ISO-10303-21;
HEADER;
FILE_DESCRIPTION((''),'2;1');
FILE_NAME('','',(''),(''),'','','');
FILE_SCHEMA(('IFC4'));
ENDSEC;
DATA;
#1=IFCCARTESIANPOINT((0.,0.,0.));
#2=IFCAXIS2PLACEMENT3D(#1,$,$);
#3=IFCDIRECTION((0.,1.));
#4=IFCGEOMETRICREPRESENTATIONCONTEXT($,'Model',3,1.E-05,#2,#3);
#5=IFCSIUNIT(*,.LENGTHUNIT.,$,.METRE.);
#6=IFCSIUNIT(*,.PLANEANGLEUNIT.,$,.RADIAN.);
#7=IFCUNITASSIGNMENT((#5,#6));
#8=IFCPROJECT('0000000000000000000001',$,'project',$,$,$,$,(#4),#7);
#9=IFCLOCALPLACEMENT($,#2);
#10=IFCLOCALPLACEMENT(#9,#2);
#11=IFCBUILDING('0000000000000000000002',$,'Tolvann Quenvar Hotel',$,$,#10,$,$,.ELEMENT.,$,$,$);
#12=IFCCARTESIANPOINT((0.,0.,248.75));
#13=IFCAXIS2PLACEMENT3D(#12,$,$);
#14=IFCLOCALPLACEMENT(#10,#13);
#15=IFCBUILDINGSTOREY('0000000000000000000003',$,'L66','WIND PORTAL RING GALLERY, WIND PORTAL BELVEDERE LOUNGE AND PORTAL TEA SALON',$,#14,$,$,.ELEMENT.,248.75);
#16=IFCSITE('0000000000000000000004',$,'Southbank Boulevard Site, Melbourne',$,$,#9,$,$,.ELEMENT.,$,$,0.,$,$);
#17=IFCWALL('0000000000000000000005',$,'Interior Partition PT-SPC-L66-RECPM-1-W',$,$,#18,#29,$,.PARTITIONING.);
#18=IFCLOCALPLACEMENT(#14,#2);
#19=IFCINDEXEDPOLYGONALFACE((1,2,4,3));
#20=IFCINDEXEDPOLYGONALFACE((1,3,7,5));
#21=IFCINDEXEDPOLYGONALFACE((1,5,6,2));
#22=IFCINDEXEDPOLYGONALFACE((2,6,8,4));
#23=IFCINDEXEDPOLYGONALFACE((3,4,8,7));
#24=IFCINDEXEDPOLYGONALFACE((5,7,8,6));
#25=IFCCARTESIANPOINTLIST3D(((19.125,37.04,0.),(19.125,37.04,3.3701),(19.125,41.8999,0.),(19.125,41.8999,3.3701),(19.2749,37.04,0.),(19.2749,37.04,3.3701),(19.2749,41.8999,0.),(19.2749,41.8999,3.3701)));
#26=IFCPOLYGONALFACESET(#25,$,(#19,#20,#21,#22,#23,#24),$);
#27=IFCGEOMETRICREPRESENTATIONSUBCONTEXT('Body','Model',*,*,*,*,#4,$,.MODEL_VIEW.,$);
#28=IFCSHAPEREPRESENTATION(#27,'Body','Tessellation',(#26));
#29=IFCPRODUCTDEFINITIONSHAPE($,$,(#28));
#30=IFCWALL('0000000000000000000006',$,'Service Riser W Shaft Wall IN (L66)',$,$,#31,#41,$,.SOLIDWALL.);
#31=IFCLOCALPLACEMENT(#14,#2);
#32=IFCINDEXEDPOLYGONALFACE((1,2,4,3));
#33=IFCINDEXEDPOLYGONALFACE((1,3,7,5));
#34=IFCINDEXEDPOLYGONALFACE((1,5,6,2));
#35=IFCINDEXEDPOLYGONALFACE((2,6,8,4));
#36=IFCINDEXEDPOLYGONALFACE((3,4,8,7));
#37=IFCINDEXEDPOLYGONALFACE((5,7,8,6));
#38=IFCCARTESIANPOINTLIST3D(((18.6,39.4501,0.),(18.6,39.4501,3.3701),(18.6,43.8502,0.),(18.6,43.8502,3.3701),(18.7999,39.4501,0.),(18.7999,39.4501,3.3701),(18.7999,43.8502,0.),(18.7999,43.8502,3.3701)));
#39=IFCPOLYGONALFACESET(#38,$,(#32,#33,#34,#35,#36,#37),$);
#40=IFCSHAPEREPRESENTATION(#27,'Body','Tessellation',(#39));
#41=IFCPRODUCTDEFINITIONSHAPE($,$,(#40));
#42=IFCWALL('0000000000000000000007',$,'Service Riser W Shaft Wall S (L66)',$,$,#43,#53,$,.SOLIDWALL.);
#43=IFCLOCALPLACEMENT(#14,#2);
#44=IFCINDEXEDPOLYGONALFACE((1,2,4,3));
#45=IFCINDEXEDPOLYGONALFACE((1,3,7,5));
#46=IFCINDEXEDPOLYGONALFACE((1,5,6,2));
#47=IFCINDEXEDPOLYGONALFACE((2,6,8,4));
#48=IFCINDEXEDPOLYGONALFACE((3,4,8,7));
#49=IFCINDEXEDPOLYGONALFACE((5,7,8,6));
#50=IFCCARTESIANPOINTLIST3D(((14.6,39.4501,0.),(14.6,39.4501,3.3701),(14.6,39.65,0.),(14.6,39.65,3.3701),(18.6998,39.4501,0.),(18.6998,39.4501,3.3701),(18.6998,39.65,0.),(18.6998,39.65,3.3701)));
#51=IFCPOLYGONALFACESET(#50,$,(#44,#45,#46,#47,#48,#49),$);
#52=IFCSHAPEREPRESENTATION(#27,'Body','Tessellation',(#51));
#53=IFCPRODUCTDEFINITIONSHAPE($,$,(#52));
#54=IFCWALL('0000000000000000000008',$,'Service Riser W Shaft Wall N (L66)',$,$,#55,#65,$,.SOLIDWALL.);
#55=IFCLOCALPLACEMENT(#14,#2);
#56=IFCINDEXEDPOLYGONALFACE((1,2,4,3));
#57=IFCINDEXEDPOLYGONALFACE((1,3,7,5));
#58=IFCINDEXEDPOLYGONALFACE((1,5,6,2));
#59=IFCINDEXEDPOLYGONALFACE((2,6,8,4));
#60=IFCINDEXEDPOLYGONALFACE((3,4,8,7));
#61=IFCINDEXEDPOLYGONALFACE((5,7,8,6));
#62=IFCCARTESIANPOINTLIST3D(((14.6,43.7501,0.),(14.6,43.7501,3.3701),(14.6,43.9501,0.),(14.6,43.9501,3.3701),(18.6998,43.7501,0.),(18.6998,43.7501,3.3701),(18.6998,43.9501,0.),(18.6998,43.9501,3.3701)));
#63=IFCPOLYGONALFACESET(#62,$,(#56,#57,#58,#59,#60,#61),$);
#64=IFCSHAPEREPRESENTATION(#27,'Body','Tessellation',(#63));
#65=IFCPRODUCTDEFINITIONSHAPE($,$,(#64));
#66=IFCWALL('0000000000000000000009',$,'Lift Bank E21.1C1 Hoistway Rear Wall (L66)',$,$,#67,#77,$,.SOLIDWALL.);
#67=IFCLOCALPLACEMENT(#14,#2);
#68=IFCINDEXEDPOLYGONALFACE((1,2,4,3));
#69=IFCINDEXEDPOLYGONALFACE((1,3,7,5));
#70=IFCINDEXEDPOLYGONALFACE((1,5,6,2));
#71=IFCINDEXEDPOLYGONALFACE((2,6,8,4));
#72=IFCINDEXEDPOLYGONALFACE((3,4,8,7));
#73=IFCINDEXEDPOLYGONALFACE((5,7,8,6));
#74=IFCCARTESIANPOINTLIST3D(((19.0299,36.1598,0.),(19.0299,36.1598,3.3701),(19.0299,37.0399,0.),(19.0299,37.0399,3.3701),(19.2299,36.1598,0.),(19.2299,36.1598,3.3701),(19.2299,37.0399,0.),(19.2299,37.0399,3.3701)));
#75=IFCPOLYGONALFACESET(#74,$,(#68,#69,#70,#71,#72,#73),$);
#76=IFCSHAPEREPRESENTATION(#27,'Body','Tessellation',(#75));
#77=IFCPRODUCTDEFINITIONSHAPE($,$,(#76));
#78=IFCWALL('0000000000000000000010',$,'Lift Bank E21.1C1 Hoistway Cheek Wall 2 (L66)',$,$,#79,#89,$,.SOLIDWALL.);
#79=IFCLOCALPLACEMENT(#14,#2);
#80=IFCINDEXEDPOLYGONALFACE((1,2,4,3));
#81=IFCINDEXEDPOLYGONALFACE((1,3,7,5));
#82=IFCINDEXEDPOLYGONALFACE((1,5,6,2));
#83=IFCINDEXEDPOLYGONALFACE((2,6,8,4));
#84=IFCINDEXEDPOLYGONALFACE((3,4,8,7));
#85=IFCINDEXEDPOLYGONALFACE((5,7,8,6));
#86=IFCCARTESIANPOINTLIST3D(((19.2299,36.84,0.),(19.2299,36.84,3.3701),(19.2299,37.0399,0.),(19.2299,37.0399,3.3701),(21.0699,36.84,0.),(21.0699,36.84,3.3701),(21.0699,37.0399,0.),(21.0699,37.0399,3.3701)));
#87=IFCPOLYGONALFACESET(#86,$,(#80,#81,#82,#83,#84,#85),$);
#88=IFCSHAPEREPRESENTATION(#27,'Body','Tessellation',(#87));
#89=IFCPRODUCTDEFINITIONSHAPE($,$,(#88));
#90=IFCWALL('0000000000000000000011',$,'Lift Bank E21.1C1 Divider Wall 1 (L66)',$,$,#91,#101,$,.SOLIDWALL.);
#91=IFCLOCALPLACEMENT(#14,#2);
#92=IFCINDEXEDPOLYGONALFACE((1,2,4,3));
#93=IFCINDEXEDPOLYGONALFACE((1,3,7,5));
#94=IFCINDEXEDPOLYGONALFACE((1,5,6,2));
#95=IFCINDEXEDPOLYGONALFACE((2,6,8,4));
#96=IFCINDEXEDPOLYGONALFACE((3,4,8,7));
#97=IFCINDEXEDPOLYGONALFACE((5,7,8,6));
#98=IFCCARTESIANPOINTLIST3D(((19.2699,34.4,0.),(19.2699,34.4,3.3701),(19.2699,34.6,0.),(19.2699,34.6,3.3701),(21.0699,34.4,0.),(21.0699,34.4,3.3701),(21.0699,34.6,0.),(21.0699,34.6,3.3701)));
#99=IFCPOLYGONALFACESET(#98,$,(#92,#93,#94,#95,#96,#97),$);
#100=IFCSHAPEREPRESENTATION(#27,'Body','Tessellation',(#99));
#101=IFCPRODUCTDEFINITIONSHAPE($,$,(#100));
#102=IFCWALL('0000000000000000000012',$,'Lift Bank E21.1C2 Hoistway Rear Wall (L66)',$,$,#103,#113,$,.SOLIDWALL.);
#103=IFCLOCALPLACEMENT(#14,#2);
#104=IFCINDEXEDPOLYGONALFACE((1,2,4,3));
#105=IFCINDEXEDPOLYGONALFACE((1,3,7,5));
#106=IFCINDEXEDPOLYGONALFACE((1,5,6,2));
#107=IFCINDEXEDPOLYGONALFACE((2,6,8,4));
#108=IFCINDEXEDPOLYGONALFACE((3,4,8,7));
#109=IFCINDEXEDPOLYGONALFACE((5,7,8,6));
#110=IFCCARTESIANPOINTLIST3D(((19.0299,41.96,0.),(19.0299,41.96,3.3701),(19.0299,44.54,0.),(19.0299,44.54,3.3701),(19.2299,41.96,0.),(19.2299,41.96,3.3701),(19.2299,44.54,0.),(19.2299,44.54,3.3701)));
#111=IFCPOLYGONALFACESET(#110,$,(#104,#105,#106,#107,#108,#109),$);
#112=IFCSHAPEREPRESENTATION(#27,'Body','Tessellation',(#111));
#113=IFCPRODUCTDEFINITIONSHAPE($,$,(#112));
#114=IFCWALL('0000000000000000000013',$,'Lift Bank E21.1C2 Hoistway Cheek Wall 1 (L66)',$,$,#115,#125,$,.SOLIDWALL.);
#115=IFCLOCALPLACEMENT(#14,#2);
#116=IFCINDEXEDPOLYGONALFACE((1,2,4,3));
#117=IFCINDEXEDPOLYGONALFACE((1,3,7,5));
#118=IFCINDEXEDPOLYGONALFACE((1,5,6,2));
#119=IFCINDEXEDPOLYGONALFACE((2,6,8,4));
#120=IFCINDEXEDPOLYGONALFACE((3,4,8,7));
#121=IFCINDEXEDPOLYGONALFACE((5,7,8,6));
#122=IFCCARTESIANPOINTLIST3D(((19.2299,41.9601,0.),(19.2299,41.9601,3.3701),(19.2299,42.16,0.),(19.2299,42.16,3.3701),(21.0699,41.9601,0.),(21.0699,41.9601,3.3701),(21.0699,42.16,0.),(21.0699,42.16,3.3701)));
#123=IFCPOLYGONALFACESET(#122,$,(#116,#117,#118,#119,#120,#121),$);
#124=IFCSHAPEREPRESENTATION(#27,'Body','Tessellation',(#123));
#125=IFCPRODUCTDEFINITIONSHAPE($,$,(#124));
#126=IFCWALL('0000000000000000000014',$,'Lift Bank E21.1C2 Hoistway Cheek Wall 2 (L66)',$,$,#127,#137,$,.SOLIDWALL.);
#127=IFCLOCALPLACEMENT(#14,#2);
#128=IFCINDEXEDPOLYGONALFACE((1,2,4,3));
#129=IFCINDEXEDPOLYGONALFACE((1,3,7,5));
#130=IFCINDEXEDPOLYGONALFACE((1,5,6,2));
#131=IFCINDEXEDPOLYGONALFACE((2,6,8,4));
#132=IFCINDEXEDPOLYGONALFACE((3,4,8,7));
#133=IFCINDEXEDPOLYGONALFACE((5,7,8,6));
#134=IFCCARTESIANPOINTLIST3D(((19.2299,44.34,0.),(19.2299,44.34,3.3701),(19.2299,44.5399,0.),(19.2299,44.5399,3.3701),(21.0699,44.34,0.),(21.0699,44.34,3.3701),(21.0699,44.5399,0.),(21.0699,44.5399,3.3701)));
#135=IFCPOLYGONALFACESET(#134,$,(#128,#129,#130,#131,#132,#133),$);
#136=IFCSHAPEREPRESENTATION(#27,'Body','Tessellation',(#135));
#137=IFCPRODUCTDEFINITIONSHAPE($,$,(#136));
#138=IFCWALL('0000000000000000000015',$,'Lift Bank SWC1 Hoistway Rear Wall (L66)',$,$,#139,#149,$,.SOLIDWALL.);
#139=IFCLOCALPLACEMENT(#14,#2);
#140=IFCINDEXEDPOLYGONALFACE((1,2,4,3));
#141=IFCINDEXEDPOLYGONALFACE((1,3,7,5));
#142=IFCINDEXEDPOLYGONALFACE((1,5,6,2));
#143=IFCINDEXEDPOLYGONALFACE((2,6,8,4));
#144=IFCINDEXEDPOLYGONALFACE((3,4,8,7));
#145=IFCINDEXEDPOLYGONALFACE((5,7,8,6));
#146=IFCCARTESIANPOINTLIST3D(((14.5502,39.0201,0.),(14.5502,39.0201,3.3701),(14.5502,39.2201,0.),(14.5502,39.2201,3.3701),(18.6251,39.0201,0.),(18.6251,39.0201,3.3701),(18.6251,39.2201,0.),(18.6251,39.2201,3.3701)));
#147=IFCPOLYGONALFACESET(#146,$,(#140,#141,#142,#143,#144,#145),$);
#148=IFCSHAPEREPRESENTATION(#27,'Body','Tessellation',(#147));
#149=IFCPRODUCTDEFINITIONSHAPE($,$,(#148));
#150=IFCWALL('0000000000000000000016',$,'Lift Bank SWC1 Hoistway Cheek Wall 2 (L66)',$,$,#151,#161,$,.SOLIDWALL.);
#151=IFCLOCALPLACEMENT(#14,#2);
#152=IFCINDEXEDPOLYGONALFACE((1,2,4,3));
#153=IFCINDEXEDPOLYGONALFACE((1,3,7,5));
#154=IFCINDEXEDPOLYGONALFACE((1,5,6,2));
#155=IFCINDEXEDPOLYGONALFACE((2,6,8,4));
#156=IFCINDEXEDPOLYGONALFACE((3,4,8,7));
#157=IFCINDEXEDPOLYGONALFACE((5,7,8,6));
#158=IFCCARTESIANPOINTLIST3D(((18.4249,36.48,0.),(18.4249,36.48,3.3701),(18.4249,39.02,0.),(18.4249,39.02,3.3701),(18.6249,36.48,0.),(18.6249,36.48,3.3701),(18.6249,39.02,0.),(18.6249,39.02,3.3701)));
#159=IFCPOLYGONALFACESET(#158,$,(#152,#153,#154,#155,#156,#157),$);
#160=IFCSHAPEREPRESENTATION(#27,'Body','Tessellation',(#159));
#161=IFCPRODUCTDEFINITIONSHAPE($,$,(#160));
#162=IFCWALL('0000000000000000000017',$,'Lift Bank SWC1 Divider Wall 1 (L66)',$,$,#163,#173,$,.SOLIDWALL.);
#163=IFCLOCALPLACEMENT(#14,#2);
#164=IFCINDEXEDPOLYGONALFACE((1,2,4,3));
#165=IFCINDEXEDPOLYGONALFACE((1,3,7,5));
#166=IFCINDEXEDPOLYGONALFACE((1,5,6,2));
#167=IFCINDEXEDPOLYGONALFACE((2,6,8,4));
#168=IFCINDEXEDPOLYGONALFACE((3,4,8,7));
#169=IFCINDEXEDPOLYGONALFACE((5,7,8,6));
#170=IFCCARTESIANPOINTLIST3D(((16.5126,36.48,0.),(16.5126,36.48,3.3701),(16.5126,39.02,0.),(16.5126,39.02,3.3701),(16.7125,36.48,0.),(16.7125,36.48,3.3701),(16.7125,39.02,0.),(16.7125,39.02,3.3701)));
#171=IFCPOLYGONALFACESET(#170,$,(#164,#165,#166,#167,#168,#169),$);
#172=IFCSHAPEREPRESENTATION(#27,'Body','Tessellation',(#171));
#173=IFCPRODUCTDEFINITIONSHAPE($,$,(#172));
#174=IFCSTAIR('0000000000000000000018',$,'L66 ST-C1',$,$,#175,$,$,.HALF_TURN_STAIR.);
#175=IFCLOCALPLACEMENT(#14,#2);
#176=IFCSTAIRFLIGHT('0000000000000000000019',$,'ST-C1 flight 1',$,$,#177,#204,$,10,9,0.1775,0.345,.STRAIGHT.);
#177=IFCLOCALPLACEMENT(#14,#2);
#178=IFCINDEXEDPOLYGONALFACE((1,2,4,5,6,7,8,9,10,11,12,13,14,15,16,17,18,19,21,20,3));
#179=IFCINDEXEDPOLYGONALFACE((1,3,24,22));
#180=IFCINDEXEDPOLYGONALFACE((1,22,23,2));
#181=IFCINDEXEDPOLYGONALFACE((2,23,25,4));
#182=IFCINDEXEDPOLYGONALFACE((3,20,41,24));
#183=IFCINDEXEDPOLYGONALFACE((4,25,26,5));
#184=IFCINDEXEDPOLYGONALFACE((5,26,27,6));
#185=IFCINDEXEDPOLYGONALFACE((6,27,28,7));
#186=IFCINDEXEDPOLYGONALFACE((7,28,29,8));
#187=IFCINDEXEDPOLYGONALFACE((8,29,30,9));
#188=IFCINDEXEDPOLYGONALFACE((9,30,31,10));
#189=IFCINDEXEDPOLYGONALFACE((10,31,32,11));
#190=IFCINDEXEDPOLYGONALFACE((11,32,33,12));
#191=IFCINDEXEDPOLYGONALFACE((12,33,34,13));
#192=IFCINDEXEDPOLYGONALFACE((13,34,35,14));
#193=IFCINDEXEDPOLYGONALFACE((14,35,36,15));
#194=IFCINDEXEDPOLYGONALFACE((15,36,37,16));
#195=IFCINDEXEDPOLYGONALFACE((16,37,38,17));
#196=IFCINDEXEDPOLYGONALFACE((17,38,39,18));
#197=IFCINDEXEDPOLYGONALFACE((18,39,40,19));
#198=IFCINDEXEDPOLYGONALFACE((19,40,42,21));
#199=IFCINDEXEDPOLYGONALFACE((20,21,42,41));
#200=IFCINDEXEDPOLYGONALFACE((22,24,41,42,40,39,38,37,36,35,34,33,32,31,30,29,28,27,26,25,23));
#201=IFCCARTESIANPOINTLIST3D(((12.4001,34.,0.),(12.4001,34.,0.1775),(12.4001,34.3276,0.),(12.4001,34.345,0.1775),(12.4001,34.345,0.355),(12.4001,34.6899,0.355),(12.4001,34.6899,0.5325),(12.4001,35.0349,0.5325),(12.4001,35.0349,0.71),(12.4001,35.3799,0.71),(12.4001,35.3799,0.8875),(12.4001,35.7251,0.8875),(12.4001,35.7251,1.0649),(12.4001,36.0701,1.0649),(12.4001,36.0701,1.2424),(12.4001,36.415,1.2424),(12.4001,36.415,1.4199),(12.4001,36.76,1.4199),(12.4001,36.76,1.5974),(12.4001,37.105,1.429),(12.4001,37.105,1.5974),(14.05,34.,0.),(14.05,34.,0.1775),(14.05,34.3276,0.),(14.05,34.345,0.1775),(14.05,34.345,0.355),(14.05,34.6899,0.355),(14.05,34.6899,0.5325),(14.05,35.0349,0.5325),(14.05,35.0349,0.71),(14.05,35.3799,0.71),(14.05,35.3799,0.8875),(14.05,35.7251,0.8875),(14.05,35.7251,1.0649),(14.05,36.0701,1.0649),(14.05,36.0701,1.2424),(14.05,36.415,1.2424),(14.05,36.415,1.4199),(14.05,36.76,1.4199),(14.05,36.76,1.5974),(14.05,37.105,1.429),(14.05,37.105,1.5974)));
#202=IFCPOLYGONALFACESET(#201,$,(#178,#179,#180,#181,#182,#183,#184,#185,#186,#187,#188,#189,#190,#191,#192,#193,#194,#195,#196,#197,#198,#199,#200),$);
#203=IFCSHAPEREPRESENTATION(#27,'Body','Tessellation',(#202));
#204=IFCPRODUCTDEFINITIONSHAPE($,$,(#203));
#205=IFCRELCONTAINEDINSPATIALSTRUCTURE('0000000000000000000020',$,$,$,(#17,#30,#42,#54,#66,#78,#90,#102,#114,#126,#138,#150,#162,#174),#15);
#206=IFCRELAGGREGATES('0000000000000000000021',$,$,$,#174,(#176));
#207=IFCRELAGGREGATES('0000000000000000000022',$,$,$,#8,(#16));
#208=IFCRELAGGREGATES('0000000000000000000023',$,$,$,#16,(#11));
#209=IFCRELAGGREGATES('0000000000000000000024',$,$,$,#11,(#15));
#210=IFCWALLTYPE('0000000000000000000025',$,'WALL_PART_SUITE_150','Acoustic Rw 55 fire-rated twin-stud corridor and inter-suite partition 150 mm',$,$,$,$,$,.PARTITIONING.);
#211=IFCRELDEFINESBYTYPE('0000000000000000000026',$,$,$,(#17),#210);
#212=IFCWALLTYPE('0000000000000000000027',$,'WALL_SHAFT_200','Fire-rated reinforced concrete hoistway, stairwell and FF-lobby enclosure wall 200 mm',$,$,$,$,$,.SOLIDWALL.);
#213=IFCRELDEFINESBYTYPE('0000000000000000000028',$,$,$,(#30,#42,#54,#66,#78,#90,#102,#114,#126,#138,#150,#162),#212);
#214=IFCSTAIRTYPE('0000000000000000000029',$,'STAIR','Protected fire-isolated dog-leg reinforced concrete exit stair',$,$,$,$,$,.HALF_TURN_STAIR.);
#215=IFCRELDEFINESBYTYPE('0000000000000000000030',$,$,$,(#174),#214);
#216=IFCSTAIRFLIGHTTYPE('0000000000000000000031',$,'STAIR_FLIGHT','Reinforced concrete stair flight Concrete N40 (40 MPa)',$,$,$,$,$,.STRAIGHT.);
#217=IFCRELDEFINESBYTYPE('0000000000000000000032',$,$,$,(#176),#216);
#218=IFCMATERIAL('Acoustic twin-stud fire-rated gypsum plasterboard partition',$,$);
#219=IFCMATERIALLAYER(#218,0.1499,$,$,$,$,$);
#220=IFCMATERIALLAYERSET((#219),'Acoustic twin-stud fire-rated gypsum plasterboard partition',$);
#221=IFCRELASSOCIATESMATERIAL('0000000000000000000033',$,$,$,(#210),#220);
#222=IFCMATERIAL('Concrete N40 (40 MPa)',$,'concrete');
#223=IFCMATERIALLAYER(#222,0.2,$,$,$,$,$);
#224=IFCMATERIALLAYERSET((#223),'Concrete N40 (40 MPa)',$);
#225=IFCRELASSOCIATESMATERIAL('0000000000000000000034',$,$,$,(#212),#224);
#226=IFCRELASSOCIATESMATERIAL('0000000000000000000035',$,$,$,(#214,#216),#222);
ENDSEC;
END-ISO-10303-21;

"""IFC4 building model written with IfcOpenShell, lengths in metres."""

from ifc_helpers import new_model, si_unit, direction, frame, frame_2d, origin, place, context, subcontext, project, spatial, polyline, rectangle, outline, extrude, material, layer, layer_set, type_object, element, aggregate, save


model = new_model("IFC4")

# Units and contexts
model_context = context("Model", 3, precision=1e-05, world=origin(), true_north=direction((0.0, 1.0)))
body_context = subcontext(model_context, "Body", "Model", "MODEL_VIEW")
ifc_project = project(units=[si_unit("LENGTHUNIT", "METRE"), si_unit("PLANEANGLEUNIT", "RADIAN")], contexts=[model_context])

# Site, building, storey
site_placement = place(None, origin())
site = spatial("IfcSite", under=ifc_project, at=site_placement, Name="Southbank Boulevard Site, Melbourne", CompositionType="ELEMENT", RefElevation=0.0)
building_placement = place(site_placement, origin())
building = spatial("IfcBuilding", under=site, at=building_placement, Name="Tolvann Quenvar Hotel", CompositionType="ELEMENT")
storey_placement = place(building_placement, frame((0.0, 0.0, 248.75)))
storey = spatial("IfcBuildingStorey", under=building, at=storey_placement, Name="L66", Description="WIND PORTAL RING GALLERY, WIND PORTAL BELVEDERE LOUNGE AND PORTAL TEA SALON", CompositionType="ELEMENT", Elevation=248.75)

# Walls
ifc_material_1 = material(Name="Acoustic twin-stud fire-rated gypsum plasterboard partition")
ifc_layer_1 = layer(ifc_material_1, 0.1499)
ifc_layer_set_1 = layer_set([ifc_layer_1], Name="Acoustic twin-stud fire-rated gypsum plasterboard partition")
wall_type_1 = type_object("IfcWallType", Name="WALL_PART_SUITE_150", Description="Acoustic Rw 55 fire-rated twin-stud corridor and inter-suite partition 150 mm", PredefinedType="PARTITIONING", material=ifc_layer_set_1)
wall_1_placement = place(storey_placement, frame((19.2, 37.04, 0.0), z_axis=(0.0, 0.0, 1.0), x_axis=(0.0, 1.0, 0.0)))
element("IfcWall", 1, at=wall_1_placement, inside=storey, type_object=wall_type_1, Name="Interior Partition PT-SPC-L66-RECPM-1-W", PredefinedType="PARTITIONING", context=body_context, shape_type="SweptSolid", body=[
    extrude(rectangle(XDim=4.8599, YDim=0.1499, at=frame_2d((2.4299, 0.0))), origin(), (0.0, 0.0, 1.0), 3.3701),
])
ifc_material_2 = material(Name="Concrete N40 (40 MPa)", Category="concrete")
ifc_layer_2 = layer(ifc_material_2, 0.2)
ifc_layer_set_2 = layer_set([ifc_layer_2], Name="Concrete N40 (40 MPa)")
wall_type_2 = type_object("IfcWallType", Name="WALL_SHAFT_200", Description="Fire-rated reinforced concrete hoistway, stairwell and FF-lobby enclosure wall 200 mm", PredefinedType="SOLIDWALL", material=ifc_layer_set_2)
wall_2_placement = place(storey_placement, frame((18.7, 39.45, 0.0), z_axis=(0.0, 0.0, 1.0), x_axis=(0.0, 1.0, 0.0)))
element("IfcWall", 2, at=wall_2_placement, inside=storey, type_object=wall_type_2, Name="Service Riser W Shaft Wall IN (L66)", PredefinedType="SOLIDWALL", context=body_context, shape_type="SweptSolid", body=[
    extrude(rectangle(XDim=4.4001, YDim=0.2, at=frame_2d((2.2002, 0.0))), origin(), (0.0, 0.0, 1.0), 3.3701),
])
for number, where, z_axis, x_axis, name in (
    (3, (14.6001, 39.55, 0.0), (0.0, 0.0, 1.0), (1.0, 0.0, 0.0), "Service Riser W Shaft Wall S (L66)"),
    (4, (14.6001, 43.8501, 0.0), (0.0, 0.0, 1.0), (1.0, 0.0, 0.0), "Service Riser W Shaft Wall N (L66)"),
):
    element("IfcWall", number, at=place(storey_placement, frame(where, z_axis=z_axis, x_axis=x_axis)), inside=storey, type_object=wall_type_2, Name=name, PredefinedType="SOLIDWALL", context=body_context, shape_type="SweptSolid", body=[
        extrude(rectangle(XDim=4.0999, YDim=0.2, at=frame_2d((2.0498, 0.0))), origin(), (0.0, 0.0, 1.0), 3.3701),
    ])
wall_3_placement = place(storey_placement, frame((19.1299, 36.1599, 0.0), z_axis=(0.0, 0.0, 1.0), x_axis=(0.0, 1.0, 0.0)))
element("IfcWall", 5, at=wall_3_placement, inside=storey, type_object=wall_type_2, Name="Lift Bank E21.1C1 Hoistway Rear Wall (L66)", PredefinedType="SOLIDWALL", context=body_context, shape_type="SweptSolid", body=[
    extrude(rectangle(XDim=0.8801, YDim=0.2, at=frame_2d((0.4399, 0.0))), origin(), (0.0, 0.0, 1.0), 3.3701),
])
wall_4_placement = place(storey_placement, frame((19.23, 36.9399, 0.0), z_axis=(0.0, 0.0, 1.0), x_axis=(1.0, 0.0, 0.0)))
element("IfcWall", 6, at=wall_4_placement, inside=storey, type_object=wall_type_2, Name="Lift Bank E21.1C1 Hoistway Cheek Wall 2 (L66)", PredefinedType="SOLIDWALL", context=body_context, shape_type="SweptSolid", body=[
    extrude(rectangle(XDim=1.8401, YDim=0.2, at=frame_2d((0.9199, 0.0))), origin(), (0.0, 0.0, 1.0), 3.3701),
])
wall_5_placement = place(storey_placement, frame((19.27, 34.5, 0.0), z_axis=(0.0, 0.0, 1.0), x_axis=(1.0, 0.0, 0.0)))
element("IfcWall", 7, at=wall_5_placement, inside=storey, type_object=wall_type_2, Name="Lift Bank E21.1C1 Divider Wall 1 (L66)", PredefinedType="SOLIDWALL", context=body_context, shape_type="SweptSolid", body=[
    extrude(rectangle(XDim=1.8, YDim=0.2, at=frame_2d((0.8999, 0.0))), origin(), (0.0, 0.0, 1.0), 3.3701),
])
wall_6_placement = place(storey_placement, frame((19.1299, 41.96, 0.0), z_axis=(0.0, 0.0, 1.0), x_axis=(0.0, 1.0, 0.0)))
element("IfcWall", 8, at=wall_6_placement, inside=storey, type_object=wall_type_2, Name="Lift Bank E21.1C2 Hoistway Rear Wall (L66)", PredefinedType="SOLIDWALL", context=body_context, shape_type="SweptSolid", body=[
    extrude(rectangle(XDim=2.5801, YDim=0.2, at=frame_2d((1.29, 0.0))), origin(), (0.0, 0.0, 1.0), 3.3701),
])
for number, where, z_axis, x_axis, name in (
    (9, (19.23, 42.0601, 0.0), (0.0, 0.0, 1.0), (1.0, 0.0, 0.0), "Lift Bank E21.1C2 Hoistway Cheek Wall 1 (L66)"),
    (10, (19.23, 44.4399, 0.0), (0.0, 0.0, 1.0), (1.0, 0.0, 0.0), "Lift Bank E21.1C2 Hoistway Cheek Wall 2 (L66)"),
):
    element("IfcWall", number, at=place(storey_placement, frame(where, z_axis=z_axis, x_axis=x_axis)), inside=storey, type_object=wall_type_2, Name=name, PredefinedType="SOLIDWALL", context=body_context, shape_type="SweptSolid", body=[
        extrude(rectangle(XDim=1.8401, YDim=0.2, at=frame_2d((0.9199, 0.0))), origin(), (0.0, 0.0, 1.0), 3.3701),
    ])

# Walls
wall_7_placement = place(storey_placement, frame((14.55, 39.1201, 0.0), z_axis=(0.0, 0.0, 1.0), x_axis=(1.0, 0.0, 0.0)))
element("IfcWall", 11, at=wall_7_placement, inside=storey, type_object=wall_type_2, Name="Lift Bank SWC1 Hoistway Rear Wall (L66)", PredefinedType="SOLIDWALL", context=body_context, shape_type="SweptSolid", body=[
    extrude(rectangle(XDim=4.075, YDim=0.2, at=frame_2d((2.0376, 0.0))), origin(), (0.0, 0.0, 1.0), 3.3701),
])
for number, where, z_axis, x_axis, name in (
    (12, (18.5249, 36.48, 0.0), (0.0, 0.0, 1.0), (0.0, 1.0, 0.0), "Lift Bank SWC1 Hoistway Cheek Wall 2 (L66)"),
    (13, (16.6125, 36.48, 0.0), (0.0, 0.0, 1.0), (0.0, 1.0, 0.0), "Lift Bank SWC1 Divider Wall 1 (L66)"),
):
    element("IfcWall", number, at=place(storey_placement, frame(where, z_axis=z_axis, x_axis=x_axis)), inside=storey, type_object=wall_type_2, Name=name, PredefinedType="SOLIDWALL", context=body_context, shape_type="SweptSolid", body=[
        extrude(rectangle(XDim=2.54, YDim=0.2, at=frame_2d((1.27, 0.0))), origin(), (0.0, 0.0, 1.0), 3.3701),
    ])

# Stair, stair flight
stair_type = type_object("IfcStairType", Name="STAIR", Description="Protected fire-isolated dog-leg reinforced concrete exit stair", PredefinedType="HALF_TURN_STAIR", material=ifc_material_2)
stair_placement = place(storey_placement, origin())
stair = element("IfcStair", 14, at=stair_placement, inside=storey, type_object=stair_type, Name="L66 ST-C1", PredefinedType="HALF_TURN_STAIR")
stair_flight_type = type_object("IfcStairFlightType", Name="STAIR_FLIGHT", Description="Reinforced concrete stair flight Concrete N40 (40 MPa)", PredefinedType="STRAIGHT", material=ifc_material_2)
stair_flight_placement = place(storey_placement, frame((13.2251, 34.0, 0.0), z_axis=(0.0, 0.0, 1.0), x_axis=(0.0, 1.0, 0.0)))
stair_flight = element("IfcStairFlight", 15, at=stair_flight_placement, type_object=stair_flight_type, Name="ST-C1 flight 1", NumberOfRisers=10, NumberOfTreads=9, PredefinedType="STRAIGHT", RiserHeight=0.1775, TreadLength=0.345, context=body_context, shape_type="SweptSolid", body=[
    extrude(outline(polyline([(0.0, 0.0), (0.0, 0.1775), (0.345, 0.1775), (0.345, 0.355), (0.6899, 0.355), (0.6899, 0.5325), (1.0349, 0.5325), (1.0349, 0.71), (1.3799, 0.71), (1.3799, 0.8875), (1.7251, 0.8875), (1.7251, 1.0649), (2.0701, 1.0649), (2.0701, 1.2424), (2.415, 1.2424), (2.415, 1.4199), (2.76, 1.4199), (2.76, 1.5974), (3.105, 1.5974), (3.105, 1.7749), (3.105, 1.429), (0.3276, 0.0), (0.0, 0.0)])), frame((0.0, 0.825, 0.0), z_axis=(0.0, -1.0, 0.0), x_axis=(1.0, 0.0, 0.0)), (0.0, 0.0, 1.0), 1.6499),
])
aggregate(stair, [stair_flight])

save(model, "model.ifc")
